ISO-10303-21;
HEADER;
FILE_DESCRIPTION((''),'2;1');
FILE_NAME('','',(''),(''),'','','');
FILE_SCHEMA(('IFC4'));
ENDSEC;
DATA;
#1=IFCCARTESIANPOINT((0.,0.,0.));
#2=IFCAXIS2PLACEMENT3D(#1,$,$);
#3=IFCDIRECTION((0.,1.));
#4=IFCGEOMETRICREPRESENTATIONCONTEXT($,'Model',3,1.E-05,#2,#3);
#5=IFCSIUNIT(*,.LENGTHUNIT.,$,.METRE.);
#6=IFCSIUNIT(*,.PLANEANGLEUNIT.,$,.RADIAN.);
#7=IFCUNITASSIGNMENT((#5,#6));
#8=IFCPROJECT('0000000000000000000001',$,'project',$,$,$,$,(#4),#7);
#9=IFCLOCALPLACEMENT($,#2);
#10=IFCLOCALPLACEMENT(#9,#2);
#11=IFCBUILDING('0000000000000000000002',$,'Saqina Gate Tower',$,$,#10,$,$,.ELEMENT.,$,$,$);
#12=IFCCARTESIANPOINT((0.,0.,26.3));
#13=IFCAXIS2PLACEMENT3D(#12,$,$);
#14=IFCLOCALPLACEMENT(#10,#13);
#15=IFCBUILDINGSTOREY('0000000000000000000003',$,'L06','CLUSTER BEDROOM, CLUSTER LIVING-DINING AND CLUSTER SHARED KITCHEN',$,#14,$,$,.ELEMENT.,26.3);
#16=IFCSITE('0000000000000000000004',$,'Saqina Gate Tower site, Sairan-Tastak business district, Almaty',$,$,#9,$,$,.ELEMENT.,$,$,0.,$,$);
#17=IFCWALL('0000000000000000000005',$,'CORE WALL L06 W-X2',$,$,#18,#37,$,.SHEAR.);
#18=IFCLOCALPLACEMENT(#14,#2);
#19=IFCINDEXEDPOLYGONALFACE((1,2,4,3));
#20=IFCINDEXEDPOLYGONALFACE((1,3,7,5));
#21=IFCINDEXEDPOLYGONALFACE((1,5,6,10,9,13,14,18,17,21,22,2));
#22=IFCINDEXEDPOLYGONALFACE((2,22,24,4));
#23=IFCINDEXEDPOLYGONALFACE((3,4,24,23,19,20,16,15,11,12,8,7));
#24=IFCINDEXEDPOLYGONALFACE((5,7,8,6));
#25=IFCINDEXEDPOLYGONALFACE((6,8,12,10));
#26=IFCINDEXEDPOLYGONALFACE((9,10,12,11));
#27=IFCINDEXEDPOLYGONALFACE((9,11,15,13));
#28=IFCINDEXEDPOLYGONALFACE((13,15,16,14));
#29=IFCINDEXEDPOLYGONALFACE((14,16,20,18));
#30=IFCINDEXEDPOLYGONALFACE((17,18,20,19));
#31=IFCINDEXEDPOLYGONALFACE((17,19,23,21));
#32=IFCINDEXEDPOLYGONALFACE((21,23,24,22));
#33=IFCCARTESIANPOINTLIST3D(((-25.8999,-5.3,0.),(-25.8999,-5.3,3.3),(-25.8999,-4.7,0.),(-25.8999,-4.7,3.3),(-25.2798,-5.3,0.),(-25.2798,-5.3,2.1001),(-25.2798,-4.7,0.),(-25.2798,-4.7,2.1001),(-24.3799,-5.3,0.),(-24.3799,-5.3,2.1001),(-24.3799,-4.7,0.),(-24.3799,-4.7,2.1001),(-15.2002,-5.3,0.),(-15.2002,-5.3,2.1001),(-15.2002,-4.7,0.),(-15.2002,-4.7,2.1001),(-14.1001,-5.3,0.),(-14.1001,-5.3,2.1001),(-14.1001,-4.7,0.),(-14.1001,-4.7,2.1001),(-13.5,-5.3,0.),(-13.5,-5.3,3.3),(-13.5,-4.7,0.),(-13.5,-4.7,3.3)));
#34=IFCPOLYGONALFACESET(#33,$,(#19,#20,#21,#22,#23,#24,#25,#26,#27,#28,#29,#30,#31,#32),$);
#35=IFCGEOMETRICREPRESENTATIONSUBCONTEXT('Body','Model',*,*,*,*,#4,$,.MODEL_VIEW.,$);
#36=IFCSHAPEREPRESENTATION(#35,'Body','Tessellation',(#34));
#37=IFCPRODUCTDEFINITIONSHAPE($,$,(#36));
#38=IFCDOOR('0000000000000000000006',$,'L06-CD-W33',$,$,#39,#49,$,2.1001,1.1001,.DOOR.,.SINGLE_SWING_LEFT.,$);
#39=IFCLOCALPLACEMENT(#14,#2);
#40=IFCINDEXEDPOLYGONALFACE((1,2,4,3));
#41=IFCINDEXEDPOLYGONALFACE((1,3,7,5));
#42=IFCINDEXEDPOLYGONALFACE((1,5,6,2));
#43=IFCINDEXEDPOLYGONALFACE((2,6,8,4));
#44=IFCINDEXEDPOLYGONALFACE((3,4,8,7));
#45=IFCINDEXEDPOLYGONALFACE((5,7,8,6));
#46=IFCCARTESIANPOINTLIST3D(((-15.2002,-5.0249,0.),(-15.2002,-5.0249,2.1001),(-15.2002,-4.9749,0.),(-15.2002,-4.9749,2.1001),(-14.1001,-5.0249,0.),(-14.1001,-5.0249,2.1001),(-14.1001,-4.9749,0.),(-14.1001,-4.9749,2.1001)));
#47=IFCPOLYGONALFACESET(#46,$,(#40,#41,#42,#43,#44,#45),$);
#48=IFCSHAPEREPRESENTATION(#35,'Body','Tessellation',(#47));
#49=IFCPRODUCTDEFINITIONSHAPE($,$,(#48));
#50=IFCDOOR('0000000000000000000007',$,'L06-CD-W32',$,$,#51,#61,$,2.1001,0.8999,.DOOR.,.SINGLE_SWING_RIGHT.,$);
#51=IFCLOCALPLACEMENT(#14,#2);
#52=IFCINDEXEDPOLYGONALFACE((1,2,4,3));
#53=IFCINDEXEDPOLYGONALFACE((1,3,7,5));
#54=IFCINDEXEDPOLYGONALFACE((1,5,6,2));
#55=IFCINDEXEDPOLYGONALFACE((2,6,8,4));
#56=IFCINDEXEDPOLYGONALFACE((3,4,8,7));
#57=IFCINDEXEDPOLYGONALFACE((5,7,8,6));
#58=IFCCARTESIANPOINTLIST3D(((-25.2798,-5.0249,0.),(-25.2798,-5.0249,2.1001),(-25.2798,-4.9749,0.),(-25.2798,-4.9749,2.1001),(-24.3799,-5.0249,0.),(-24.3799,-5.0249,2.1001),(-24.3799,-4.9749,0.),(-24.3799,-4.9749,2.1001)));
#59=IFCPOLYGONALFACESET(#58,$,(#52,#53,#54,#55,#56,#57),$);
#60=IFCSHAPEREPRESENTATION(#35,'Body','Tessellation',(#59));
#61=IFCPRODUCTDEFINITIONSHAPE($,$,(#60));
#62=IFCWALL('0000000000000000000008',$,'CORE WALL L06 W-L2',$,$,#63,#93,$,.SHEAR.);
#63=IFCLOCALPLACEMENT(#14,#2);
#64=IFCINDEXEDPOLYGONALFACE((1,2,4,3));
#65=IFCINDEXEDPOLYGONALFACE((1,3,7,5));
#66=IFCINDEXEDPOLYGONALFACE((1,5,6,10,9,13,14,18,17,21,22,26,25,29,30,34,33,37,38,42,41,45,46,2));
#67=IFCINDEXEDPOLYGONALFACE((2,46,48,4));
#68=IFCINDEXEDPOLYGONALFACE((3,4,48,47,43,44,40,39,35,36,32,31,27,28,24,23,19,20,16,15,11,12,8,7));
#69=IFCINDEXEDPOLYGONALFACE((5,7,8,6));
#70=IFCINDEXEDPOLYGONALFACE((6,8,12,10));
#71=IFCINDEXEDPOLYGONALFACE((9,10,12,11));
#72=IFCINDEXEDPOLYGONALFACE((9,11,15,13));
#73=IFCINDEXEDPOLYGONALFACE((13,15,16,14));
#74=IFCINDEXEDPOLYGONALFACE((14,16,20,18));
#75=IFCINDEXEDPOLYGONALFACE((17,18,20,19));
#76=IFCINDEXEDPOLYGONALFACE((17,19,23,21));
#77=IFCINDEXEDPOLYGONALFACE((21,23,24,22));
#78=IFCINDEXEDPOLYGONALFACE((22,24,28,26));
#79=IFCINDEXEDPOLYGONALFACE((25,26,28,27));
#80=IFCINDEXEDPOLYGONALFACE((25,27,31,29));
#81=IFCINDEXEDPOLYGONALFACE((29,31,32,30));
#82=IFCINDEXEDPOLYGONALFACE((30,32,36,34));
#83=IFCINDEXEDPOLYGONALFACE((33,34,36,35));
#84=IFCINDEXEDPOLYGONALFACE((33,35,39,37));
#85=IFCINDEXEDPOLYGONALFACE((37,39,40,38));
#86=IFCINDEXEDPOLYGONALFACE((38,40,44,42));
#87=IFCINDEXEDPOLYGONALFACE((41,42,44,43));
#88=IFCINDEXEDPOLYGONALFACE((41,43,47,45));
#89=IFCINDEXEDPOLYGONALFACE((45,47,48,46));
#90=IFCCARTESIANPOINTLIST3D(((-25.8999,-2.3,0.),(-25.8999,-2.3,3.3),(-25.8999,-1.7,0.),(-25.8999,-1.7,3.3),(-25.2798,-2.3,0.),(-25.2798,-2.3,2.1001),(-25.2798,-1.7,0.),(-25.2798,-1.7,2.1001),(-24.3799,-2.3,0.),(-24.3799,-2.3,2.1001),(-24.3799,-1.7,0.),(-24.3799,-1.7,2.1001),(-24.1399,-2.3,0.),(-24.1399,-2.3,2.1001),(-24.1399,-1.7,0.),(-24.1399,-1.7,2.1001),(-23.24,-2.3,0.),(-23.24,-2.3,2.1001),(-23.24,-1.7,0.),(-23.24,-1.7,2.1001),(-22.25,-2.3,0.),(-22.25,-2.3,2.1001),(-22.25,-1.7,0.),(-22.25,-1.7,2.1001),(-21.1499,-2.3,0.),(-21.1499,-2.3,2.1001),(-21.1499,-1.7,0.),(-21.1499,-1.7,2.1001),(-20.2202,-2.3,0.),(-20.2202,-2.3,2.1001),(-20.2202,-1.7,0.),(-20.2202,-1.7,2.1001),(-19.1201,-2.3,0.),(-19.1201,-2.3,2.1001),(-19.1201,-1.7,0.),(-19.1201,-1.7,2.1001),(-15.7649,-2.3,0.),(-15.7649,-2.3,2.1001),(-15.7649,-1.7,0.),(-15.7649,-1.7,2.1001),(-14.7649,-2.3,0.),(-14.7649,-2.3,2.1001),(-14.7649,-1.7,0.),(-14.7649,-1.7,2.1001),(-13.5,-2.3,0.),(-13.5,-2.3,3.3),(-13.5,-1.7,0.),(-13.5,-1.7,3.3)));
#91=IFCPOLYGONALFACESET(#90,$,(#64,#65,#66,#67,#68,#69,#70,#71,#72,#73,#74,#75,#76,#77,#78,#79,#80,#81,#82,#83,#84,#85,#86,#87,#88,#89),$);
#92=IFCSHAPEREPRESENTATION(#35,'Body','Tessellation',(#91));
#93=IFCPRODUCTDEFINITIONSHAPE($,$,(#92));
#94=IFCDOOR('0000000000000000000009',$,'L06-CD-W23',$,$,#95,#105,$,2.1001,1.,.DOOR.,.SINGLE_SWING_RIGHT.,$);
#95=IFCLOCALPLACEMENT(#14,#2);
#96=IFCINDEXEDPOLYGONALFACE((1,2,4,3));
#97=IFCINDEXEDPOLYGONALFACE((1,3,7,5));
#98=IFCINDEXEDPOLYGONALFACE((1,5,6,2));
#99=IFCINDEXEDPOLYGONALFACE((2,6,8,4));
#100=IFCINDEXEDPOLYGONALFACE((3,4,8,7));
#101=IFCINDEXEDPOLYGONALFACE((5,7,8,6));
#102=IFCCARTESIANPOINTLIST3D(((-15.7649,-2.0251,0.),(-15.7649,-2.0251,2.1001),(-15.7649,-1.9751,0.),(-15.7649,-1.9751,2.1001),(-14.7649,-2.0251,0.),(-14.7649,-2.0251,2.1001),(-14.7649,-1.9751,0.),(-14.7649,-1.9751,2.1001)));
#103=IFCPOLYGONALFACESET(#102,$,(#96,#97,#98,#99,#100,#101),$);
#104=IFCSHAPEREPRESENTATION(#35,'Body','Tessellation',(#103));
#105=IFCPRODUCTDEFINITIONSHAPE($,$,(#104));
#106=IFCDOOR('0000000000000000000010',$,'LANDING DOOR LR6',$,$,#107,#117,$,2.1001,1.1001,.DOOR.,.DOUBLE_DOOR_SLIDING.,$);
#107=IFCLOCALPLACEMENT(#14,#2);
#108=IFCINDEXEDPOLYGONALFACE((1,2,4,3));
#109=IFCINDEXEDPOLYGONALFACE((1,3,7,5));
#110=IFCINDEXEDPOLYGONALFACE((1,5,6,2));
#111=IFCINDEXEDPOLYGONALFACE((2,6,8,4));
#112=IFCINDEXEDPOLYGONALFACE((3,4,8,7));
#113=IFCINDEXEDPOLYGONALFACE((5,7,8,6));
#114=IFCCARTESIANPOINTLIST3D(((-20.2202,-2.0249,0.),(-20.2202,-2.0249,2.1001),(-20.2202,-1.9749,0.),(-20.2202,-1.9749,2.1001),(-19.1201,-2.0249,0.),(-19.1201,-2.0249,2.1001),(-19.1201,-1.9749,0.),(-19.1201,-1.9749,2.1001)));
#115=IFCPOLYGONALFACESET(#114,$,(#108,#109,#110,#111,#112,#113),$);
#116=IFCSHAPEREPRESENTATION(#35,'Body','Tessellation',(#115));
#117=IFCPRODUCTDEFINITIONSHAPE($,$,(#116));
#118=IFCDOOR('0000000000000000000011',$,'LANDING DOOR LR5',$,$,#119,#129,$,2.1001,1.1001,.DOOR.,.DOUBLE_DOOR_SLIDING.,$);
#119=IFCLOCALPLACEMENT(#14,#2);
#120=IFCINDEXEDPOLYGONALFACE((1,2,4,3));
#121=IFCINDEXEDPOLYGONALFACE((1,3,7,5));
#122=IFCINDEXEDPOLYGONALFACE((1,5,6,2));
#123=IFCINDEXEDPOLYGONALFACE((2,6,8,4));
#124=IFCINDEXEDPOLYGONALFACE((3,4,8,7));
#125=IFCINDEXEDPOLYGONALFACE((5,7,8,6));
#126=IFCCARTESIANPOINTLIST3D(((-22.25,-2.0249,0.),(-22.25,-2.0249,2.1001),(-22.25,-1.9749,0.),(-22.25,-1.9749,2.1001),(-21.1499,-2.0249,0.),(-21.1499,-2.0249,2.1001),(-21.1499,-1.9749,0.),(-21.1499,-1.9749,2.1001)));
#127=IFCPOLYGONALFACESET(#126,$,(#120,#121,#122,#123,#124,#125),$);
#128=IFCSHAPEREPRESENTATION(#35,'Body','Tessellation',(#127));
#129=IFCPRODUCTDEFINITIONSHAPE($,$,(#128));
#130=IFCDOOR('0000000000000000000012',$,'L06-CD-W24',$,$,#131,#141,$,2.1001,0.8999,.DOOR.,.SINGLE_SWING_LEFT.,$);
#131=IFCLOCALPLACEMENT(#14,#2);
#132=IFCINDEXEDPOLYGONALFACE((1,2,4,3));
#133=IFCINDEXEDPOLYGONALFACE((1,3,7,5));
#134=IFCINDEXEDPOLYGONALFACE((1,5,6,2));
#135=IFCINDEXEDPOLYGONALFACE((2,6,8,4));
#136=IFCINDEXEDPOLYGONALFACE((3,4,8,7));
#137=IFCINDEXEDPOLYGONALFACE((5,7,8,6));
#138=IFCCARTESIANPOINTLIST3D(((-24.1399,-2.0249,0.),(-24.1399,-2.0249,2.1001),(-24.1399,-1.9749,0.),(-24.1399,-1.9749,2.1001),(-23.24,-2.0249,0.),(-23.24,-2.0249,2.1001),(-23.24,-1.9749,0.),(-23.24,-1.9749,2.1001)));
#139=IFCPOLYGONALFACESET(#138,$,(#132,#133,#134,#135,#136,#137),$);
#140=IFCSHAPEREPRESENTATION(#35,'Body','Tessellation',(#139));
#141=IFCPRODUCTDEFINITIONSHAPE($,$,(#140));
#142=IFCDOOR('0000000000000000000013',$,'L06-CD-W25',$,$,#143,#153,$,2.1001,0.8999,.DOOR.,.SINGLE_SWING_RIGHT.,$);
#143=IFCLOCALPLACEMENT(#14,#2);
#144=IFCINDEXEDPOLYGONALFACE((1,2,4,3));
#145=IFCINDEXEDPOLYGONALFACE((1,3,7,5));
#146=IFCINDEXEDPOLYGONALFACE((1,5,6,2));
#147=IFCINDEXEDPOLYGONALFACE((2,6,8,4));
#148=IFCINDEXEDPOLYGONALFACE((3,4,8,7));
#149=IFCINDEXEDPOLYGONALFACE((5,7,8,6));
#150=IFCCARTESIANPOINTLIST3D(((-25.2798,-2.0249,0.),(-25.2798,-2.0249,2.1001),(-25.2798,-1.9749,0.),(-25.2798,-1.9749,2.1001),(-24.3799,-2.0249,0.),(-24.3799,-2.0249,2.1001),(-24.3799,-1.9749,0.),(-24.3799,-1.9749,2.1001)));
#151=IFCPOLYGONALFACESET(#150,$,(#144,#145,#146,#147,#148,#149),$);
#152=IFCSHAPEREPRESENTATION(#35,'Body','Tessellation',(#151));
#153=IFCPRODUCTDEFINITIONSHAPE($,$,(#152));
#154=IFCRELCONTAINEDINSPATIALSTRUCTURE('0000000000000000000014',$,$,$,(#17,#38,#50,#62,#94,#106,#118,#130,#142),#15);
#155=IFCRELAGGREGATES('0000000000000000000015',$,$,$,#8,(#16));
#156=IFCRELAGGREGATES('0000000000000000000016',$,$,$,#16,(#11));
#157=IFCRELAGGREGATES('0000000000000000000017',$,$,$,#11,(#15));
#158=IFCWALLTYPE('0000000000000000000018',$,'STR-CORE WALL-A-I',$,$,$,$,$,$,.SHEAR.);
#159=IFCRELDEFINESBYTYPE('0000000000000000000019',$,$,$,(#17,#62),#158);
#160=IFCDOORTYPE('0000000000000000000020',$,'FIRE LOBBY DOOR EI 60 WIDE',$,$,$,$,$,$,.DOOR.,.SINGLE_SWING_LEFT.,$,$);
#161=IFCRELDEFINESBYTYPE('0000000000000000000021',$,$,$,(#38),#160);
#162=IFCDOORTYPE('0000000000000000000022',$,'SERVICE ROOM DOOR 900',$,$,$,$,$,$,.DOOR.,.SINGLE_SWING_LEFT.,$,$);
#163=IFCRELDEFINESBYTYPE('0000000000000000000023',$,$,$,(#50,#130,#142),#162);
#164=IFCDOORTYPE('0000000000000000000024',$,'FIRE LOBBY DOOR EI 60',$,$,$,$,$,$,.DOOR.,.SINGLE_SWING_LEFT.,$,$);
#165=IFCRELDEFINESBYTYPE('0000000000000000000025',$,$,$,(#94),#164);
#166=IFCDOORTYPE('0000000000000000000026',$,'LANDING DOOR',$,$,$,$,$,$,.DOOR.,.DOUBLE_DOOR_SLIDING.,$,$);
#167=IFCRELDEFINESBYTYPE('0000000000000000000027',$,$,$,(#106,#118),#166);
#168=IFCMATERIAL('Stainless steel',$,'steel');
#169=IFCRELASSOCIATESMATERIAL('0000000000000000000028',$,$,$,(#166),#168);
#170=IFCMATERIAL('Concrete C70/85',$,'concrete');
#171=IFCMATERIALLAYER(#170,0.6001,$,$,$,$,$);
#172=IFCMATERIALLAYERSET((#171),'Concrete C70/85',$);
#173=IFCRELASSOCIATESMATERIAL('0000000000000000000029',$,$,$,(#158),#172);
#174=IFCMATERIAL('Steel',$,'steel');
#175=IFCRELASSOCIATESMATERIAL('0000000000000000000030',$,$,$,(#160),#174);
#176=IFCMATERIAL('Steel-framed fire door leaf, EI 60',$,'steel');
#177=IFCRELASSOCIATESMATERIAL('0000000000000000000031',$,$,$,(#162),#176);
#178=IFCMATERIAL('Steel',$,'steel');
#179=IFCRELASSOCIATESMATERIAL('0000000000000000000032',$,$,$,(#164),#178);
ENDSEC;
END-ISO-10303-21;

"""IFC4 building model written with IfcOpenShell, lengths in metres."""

from ifc_helpers import new_model, si_unit, direction, frame, frame_2d, origin, place, context, subcontext, project, spatial, rectangle, extrude, material, layer, layer_set, type_object, element, fill, save


model = new_model("IFC4")

# Units and contexts
model_context = context("Model", 3, precision=1e-05, world=origin(), true_north=direction((0.0, 1.0)))
body_context = subcontext(model_context, "Body", "Model", "MODEL_VIEW")
ifc_project = project(units=[si_unit("LENGTHUNIT", "METRE"), si_unit("PLANEANGLEUNIT", "RADIAN")], contexts=[model_context])

# Site, building, storey
site_placement = place(None, origin())
site = spatial("IfcSite", under=ifc_project, at=site_placement, Name="Saqina Gate Tower site, Sairan-Tastak business district, Almaty", CompositionType="ELEMENT", RefElevation=0.0)
building_placement = place(site_placement, origin())
building = spatial("IfcBuilding", under=site, at=building_placement, Name="Saqina Gate Tower", CompositionType="ELEMENT")
storey_placement = place(building_placement, frame((0.0, 0.0, 26.3)))
storey = spatial("IfcBuildingStorey", under=building, at=storey_placement, Name="L06", Description="CLUSTER BEDROOM, CLUSTER LIVING-DINING AND CLUSTER SHARED KITCHEN", CompositionType="ELEMENT", Elevation=26.3)

# Shared definitions
ifc_material_1 = material(Name="Stainless steel", Category="steel")
door_type_1 = type_object("IfcDoorType", Name="LANDING DOOR", OperationType="DOUBLE_DOOR_SLIDING", PredefinedType="DOOR", material=ifc_material_1)

# Walls, openings, doors
ifc_material_2 = material(Name="Concrete C70/85", Category="concrete")
ifc_layer_1 = layer(ifc_material_2, 0.6001)
ifc_layer_set_1 = layer_set([ifc_layer_1], Name="Concrete C70/85")
wall_type_1 = type_object("IfcWallType", Name="STR-CORE WALL-A-I", PredefinedType="SHEAR", material=ifc_layer_set_1)
wall_1_placement = place(storey_placement, frame((-13.5, -5.0, 0.0), z_axis=(0.0, 0.0, 1.0), x_axis=(-1.0, 0.0, 0.0)))
wall_1 = element("IfcWall", 1, at=wall_1_placement, inside=storey, type_object=wall_type_1, Name="CORE WALL L06 W-X2", PredefinedType="SHEAR", context=body_context, shape_type="SweptSolid", body=[
    extrude(rectangle(XDim=12.3999, YDim=0.6001, at=frame_2d((6.2, 0.0))), origin(), (0.0, 0.0, 1.0), 3.3),
])
opening_1_placement = place(wall_1_placement, frame((10.8799, 0.0, 0.0)))
opening_1 = element("IfcOpeningElement", 2, at=opening_1_placement, cuts=wall_1, PredefinedType="OPENING", context=body_context, shape_type="SweptSolid", body=[
    extrude(rectangle(XDim=0.8999, YDim=2.1001, at=frame_2d((0.45, 1.05))), frame((0.0, 0.312, 0.0), z_axis=(0.0, -1.0, 0.0), x_axis=(1.0, 0.0, 0.0)), (0.0, 0.0, 1.0), 0.624),
])
opening_2_placement = place(wall_1_placement, frame((0.6001, 0.0, 0.0)))
opening_2 = element("IfcOpeningElement", 3, at=opening_2_placement, cuts=wall_1, PredefinedType="OPENING", context=body_context, shape_type="SweptSolid", body=[
    extrude(rectangle(XDim=1.1001, YDim=2.1001, at=frame_2d((0.55, 1.05))), frame((0.0, 0.312, 0.0), z_axis=(0.0, -1.0, 0.0), x_axis=(1.0, 0.0, 0.0)), (0.0, 0.0, 1.0), 0.624),
])
ifc_material_3 = material(Name="Steel", Category="steel")
door_type_2 = type_object("IfcDoorType", Name="FIRE LOBBY DOOR EI 60 WIDE", OperationType="SINGLE_SWING_LEFT", PredefinedType="DOOR", material=ifc_material_3)
door_1_placement = place(opening_2_placement, origin())
door_1 = element("IfcDoor", 4, at=door_1_placement, inside=storey, type_object=door_type_2, Name="L06-CD-W33", OperationType="SINGLE_SWING_LEFT", OverallHeight=2.1001, OverallWidth=1.1001, PredefinedType="DOOR", context=body_context, shape_type="SweptSolid", body=[
    extrude(rectangle(XDim=1.1001, YDim=2.1001, at=frame_2d((0.55, 1.05))), frame((0.0, 0.0249, 0.0), z_axis=(0.0, -1.0, 0.0), x_axis=(1.0, 0.0, 0.0)), (0.0, 0.0, 1.0), 0.05),
])
fill(opening_2, door_1)
ifc_material_4 = material(Name="Steel-framed fire door leaf, EI 60", Category="steel")
door_type_3 = type_object("IfcDoorType", Name="SERVICE ROOM DOOR 900", OperationType="SINGLE_SWING_LEFT", PredefinedType="DOOR", material=ifc_material_4)
door_2_placement = place(opening_1_placement, origin())
door_2 = element("IfcDoor", 5, at=door_2_placement, inside=storey, type_object=door_type_3, Name="L06-CD-W32", OperationType="SINGLE_SWING_RIGHT", OverallHeight=2.1001, OverallWidth=0.8999, PredefinedType="DOOR", context=body_context, shape_type="SweptSolid", body=[
    extrude(rectangle(XDim=0.8999, YDim=2.1001, at=frame_2d((0.45, 1.05))), frame((0.0, 0.0249, 0.0), z_axis=(0.0, -1.0, 0.0), x_axis=(1.0, 0.0, 0.0)), (0.0, 0.0, 1.0), 0.05),
])
fill(opening_1, door_2)
wall_2_placement = place(storey_placement, frame((-13.5, -2.0, 0.0), z_axis=(0.0, 0.0, 1.0), x_axis=(-1.0, 0.0, 0.0)))
wall_2 = element("IfcWall", 6, at=wall_2_placement, inside=storey, type_object=wall_type_1, Name="CORE WALL L06 W-L2", PredefinedType="SHEAR", context=body_context, shape_type="SweptSolid", body=[
    extrude(rectangle(XDim=12.3999, YDim=0.6001, at=frame_2d((6.2, 0.0))), origin(), (0.0, 0.0, 1.0), 3.3),
])
opening_3_placement = place(wall_2_placement, frame((5.6201, 0.0, 0.0)))
opening_3 = element("IfcOpeningElement", 7, at=opening_3_placement, cuts=wall_2, PredefinedType="OPENING", context=body_context, shape_type="SweptSolid", body=[
    extrude(rectangle(XDim=1.1001, YDim=2.1001, at=frame_2d((0.55, 1.05))), frame((0.0, 0.312, 0.0), z_axis=(0.0, -1.0, 0.0), x_axis=(1.0, 0.0, 0.0)), (0.0, 0.0, 1.0), 0.624),
])
opening_4_placement = place(wall_2_placement, frame((7.6499, 0.0, 0.0)))
opening_4 = element("IfcOpeningElement", 8, at=opening_4_placement, cuts=wall_2, PredefinedType="OPENING", context=body_context, shape_type="SweptSolid", body=[
    extrude(rectangle(XDim=1.1001, YDim=2.1001, at=frame_2d((0.55, 1.05))), frame((0.0, 0.312, 0.0), z_axis=(0.0, -1.0, 0.0), x_axis=(1.0, 0.0, 0.0)), (0.0, 0.0, 1.0), 0.624),
])
opening_5_placement = place(wall_2_placement, frame((1.2649, 0.0, 0.0)))
opening_5 = element("IfcOpeningElement", 9, at=opening_5_placement, cuts=wall_2, PredefinedType="OPENING", context=body_context, shape_type="SweptSolid", body=[
    extrude(rectangle(XDim=1.0, YDim=2.1001, at=frame_2d((0.5, 1.05))), frame((0.0, 0.312, 0.0), z_axis=(0.0, -1.0, 0.0), x_axis=(1.0, 0.0, 0.0)), (0.0, 0.0, 1.0), 0.624),
])
opening_6_placement = place(wall_2_placement, frame((9.74, 0.0, 0.0)))
opening_6 = element("IfcOpeningElement", 10, at=opening_6_placement, cuts=wall_2, PredefinedType="OPENING", context=body_context, shape_type="SweptSolid", body=[
    extrude(rectangle(XDim=0.8999, YDim=2.1001, at=frame_2d((0.45, 1.05))), frame((0.0, 0.312, 0.0), z_axis=(0.0, -1.0, 0.0), x_axis=(1.0, 0.0, 0.0)), (0.0, 0.0, 1.0), 0.624),
])
opening_7_placement = place(wall_2_placement, frame((10.8799, 0.0, 0.0)))
opening_7 = element("IfcOpeningElement", 11, at=opening_7_placement, cuts=wall_2, PredefinedType="OPENING", context=body_context, shape_type="SweptSolid", body=[
    extrude(rectangle(XDim=0.8999, YDim=2.1001, at=frame_2d((0.45, 1.05))), frame((0.0, 0.312, 0.0), z_axis=(0.0, -1.0, 0.0), x_axis=(1.0, 0.0, 0.0)), (0.0, 0.0, 1.0), 0.624),
])
ifc_material_5 = material(Name="Steel", Category="steel")
door_type_4 = type_object("IfcDoorType", Name="FIRE LOBBY DOOR EI 60", OperationType="SINGLE_SWING_LEFT", PredefinedType="DOOR", material=ifc_material_5)
door_3_placement = place(opening_5_placement, frame((1.0, 0.0, 0.0), z_axis=(0.0, 0.0, 1.0), x_axis=(-1.0, 0.0, 0.0)))
door_3 = element("IfcDoor", 12, at=door_3_placement, inside=storey, type_object=door_type_4, Name="L06-CD-W23", OperationType="SINGLE_SWING_RIGHT", OverallHeight=2.1001, OverallWidth=1.0, PredefinedType="DOOR", context=body_context, shape_type="SweptSolid", body=[
    extrude(rectangle(XDim=1.0, YDim=2.1001, at=frame_2d((0.5, 1.05))), frame((0.0, 0.0249, 0.0), z_axis=(0.0, -1.0, 0.0), x_axis=(1.0, 0.0, 0.0)), (0.0, 0.0, 1.0), 0.05),
])
fill(opening_5, door_3)
door_4_placement = place(opening_3_placement, origin())
door_4 = element("IfcDoor", 13, at=door_4_placement, inside=storey, type_object=door_type_1, Name="LANDING DOOR LR6", OperationType="DOUBLE_DOOR_SLIDING", OverallHeight=2.1001, OverallWidth=1.1001, PredefinedType="DOOR", context=body_context, shape_type="SweptSolid", body=[
    extrude(rectangle(XDim=1.1001, YDim=2.1001, at=frame_2d((0.55, 1.05))), frame((0.0, 0.0249, 0.0), z_axis=(0.0, -1.0, 0.0), x_axis=(1.0, 0.0, 0.0)), (0.0, 0.0, 1.0), 0.05),
])
fill(opening_3, door_4)
door_5_placement = place(opening_4_placement, origin())
door_5 = element("IfcDoor", 14, at=door_5_placement, inside=storey, type_object=door_type_1, Name="LANDING DOOR LR5", OperationType="DOUBLE_DOOR_SLIDING", OverallHeight=2.1001, OverallWidth=1.1001, PredefinedType="DOOR", context=body_context, shape_type="SweptSolid", body=[
    extrude(rectangle(XDim=1.1001, YDim=2.1001, at=frame_2d((0.55, 1.05))), frame((0.0, 0.0249, 0.0), z_axis=(0.0, -1.0, 0.0), x_axis=(1.0, 0.0, 0.0)), (0.0, 0.0, 1.0), 0.05),
])
fill(opening_4, door_5)
door_6_placement = place(opening_6_placement, origin())
door_6 = element("IfcDoor", 15, at=door_6_placement, inside=storey, type_object=door_type_3, Name="L06-CD-W24", OperationType="SINGLE_SWING_LEFT", OverallHeight=2.1001, OverallWidth=0.8999, PredefinedType="DOOR", context=body_context, shape_type="SweptSolid", body=[
    extrude(rectangle(XDim=0.8999, YDim=2.1001, at=frame_2d((0.45, 1.05))), frame((0.0, 0.0249, 0.0), z_axis=(0.0, -1.0, 0.0), x_axis=(1.0, 0.0, 0.0)), (0.0, 0.0, 1.0), 0.05),
])
fill(opening_6, door_6)
door_7_placement = place(opening_7_placement, origin())
door_7 = element("IfcDoor", 16, at=door_7_placement, inside=storey, type_object=door_type_3, Name="L06-CD-W25", OperationType="SINGLE_SWING_RIGHT", OverallHeight=2.1001, OverallWidth=0.8999, PredefinedType="DOOR", context=body_context, shape_type="SweptSolid", body=[
    extrude(rectangle(XDim=0.8999, YDim=2.1001, at=frame_2d((0.45, 1.05))), frame((0.0, 0.0249, 0.0), z_axis=(0.0, -1.0, 0.0), x_axis=(1.0, 0.0, 0.0)), (0.0, 0.0, 1.0), 0.05),
])
fill(opening_7, door_7)

save(model, "model.ifc")
